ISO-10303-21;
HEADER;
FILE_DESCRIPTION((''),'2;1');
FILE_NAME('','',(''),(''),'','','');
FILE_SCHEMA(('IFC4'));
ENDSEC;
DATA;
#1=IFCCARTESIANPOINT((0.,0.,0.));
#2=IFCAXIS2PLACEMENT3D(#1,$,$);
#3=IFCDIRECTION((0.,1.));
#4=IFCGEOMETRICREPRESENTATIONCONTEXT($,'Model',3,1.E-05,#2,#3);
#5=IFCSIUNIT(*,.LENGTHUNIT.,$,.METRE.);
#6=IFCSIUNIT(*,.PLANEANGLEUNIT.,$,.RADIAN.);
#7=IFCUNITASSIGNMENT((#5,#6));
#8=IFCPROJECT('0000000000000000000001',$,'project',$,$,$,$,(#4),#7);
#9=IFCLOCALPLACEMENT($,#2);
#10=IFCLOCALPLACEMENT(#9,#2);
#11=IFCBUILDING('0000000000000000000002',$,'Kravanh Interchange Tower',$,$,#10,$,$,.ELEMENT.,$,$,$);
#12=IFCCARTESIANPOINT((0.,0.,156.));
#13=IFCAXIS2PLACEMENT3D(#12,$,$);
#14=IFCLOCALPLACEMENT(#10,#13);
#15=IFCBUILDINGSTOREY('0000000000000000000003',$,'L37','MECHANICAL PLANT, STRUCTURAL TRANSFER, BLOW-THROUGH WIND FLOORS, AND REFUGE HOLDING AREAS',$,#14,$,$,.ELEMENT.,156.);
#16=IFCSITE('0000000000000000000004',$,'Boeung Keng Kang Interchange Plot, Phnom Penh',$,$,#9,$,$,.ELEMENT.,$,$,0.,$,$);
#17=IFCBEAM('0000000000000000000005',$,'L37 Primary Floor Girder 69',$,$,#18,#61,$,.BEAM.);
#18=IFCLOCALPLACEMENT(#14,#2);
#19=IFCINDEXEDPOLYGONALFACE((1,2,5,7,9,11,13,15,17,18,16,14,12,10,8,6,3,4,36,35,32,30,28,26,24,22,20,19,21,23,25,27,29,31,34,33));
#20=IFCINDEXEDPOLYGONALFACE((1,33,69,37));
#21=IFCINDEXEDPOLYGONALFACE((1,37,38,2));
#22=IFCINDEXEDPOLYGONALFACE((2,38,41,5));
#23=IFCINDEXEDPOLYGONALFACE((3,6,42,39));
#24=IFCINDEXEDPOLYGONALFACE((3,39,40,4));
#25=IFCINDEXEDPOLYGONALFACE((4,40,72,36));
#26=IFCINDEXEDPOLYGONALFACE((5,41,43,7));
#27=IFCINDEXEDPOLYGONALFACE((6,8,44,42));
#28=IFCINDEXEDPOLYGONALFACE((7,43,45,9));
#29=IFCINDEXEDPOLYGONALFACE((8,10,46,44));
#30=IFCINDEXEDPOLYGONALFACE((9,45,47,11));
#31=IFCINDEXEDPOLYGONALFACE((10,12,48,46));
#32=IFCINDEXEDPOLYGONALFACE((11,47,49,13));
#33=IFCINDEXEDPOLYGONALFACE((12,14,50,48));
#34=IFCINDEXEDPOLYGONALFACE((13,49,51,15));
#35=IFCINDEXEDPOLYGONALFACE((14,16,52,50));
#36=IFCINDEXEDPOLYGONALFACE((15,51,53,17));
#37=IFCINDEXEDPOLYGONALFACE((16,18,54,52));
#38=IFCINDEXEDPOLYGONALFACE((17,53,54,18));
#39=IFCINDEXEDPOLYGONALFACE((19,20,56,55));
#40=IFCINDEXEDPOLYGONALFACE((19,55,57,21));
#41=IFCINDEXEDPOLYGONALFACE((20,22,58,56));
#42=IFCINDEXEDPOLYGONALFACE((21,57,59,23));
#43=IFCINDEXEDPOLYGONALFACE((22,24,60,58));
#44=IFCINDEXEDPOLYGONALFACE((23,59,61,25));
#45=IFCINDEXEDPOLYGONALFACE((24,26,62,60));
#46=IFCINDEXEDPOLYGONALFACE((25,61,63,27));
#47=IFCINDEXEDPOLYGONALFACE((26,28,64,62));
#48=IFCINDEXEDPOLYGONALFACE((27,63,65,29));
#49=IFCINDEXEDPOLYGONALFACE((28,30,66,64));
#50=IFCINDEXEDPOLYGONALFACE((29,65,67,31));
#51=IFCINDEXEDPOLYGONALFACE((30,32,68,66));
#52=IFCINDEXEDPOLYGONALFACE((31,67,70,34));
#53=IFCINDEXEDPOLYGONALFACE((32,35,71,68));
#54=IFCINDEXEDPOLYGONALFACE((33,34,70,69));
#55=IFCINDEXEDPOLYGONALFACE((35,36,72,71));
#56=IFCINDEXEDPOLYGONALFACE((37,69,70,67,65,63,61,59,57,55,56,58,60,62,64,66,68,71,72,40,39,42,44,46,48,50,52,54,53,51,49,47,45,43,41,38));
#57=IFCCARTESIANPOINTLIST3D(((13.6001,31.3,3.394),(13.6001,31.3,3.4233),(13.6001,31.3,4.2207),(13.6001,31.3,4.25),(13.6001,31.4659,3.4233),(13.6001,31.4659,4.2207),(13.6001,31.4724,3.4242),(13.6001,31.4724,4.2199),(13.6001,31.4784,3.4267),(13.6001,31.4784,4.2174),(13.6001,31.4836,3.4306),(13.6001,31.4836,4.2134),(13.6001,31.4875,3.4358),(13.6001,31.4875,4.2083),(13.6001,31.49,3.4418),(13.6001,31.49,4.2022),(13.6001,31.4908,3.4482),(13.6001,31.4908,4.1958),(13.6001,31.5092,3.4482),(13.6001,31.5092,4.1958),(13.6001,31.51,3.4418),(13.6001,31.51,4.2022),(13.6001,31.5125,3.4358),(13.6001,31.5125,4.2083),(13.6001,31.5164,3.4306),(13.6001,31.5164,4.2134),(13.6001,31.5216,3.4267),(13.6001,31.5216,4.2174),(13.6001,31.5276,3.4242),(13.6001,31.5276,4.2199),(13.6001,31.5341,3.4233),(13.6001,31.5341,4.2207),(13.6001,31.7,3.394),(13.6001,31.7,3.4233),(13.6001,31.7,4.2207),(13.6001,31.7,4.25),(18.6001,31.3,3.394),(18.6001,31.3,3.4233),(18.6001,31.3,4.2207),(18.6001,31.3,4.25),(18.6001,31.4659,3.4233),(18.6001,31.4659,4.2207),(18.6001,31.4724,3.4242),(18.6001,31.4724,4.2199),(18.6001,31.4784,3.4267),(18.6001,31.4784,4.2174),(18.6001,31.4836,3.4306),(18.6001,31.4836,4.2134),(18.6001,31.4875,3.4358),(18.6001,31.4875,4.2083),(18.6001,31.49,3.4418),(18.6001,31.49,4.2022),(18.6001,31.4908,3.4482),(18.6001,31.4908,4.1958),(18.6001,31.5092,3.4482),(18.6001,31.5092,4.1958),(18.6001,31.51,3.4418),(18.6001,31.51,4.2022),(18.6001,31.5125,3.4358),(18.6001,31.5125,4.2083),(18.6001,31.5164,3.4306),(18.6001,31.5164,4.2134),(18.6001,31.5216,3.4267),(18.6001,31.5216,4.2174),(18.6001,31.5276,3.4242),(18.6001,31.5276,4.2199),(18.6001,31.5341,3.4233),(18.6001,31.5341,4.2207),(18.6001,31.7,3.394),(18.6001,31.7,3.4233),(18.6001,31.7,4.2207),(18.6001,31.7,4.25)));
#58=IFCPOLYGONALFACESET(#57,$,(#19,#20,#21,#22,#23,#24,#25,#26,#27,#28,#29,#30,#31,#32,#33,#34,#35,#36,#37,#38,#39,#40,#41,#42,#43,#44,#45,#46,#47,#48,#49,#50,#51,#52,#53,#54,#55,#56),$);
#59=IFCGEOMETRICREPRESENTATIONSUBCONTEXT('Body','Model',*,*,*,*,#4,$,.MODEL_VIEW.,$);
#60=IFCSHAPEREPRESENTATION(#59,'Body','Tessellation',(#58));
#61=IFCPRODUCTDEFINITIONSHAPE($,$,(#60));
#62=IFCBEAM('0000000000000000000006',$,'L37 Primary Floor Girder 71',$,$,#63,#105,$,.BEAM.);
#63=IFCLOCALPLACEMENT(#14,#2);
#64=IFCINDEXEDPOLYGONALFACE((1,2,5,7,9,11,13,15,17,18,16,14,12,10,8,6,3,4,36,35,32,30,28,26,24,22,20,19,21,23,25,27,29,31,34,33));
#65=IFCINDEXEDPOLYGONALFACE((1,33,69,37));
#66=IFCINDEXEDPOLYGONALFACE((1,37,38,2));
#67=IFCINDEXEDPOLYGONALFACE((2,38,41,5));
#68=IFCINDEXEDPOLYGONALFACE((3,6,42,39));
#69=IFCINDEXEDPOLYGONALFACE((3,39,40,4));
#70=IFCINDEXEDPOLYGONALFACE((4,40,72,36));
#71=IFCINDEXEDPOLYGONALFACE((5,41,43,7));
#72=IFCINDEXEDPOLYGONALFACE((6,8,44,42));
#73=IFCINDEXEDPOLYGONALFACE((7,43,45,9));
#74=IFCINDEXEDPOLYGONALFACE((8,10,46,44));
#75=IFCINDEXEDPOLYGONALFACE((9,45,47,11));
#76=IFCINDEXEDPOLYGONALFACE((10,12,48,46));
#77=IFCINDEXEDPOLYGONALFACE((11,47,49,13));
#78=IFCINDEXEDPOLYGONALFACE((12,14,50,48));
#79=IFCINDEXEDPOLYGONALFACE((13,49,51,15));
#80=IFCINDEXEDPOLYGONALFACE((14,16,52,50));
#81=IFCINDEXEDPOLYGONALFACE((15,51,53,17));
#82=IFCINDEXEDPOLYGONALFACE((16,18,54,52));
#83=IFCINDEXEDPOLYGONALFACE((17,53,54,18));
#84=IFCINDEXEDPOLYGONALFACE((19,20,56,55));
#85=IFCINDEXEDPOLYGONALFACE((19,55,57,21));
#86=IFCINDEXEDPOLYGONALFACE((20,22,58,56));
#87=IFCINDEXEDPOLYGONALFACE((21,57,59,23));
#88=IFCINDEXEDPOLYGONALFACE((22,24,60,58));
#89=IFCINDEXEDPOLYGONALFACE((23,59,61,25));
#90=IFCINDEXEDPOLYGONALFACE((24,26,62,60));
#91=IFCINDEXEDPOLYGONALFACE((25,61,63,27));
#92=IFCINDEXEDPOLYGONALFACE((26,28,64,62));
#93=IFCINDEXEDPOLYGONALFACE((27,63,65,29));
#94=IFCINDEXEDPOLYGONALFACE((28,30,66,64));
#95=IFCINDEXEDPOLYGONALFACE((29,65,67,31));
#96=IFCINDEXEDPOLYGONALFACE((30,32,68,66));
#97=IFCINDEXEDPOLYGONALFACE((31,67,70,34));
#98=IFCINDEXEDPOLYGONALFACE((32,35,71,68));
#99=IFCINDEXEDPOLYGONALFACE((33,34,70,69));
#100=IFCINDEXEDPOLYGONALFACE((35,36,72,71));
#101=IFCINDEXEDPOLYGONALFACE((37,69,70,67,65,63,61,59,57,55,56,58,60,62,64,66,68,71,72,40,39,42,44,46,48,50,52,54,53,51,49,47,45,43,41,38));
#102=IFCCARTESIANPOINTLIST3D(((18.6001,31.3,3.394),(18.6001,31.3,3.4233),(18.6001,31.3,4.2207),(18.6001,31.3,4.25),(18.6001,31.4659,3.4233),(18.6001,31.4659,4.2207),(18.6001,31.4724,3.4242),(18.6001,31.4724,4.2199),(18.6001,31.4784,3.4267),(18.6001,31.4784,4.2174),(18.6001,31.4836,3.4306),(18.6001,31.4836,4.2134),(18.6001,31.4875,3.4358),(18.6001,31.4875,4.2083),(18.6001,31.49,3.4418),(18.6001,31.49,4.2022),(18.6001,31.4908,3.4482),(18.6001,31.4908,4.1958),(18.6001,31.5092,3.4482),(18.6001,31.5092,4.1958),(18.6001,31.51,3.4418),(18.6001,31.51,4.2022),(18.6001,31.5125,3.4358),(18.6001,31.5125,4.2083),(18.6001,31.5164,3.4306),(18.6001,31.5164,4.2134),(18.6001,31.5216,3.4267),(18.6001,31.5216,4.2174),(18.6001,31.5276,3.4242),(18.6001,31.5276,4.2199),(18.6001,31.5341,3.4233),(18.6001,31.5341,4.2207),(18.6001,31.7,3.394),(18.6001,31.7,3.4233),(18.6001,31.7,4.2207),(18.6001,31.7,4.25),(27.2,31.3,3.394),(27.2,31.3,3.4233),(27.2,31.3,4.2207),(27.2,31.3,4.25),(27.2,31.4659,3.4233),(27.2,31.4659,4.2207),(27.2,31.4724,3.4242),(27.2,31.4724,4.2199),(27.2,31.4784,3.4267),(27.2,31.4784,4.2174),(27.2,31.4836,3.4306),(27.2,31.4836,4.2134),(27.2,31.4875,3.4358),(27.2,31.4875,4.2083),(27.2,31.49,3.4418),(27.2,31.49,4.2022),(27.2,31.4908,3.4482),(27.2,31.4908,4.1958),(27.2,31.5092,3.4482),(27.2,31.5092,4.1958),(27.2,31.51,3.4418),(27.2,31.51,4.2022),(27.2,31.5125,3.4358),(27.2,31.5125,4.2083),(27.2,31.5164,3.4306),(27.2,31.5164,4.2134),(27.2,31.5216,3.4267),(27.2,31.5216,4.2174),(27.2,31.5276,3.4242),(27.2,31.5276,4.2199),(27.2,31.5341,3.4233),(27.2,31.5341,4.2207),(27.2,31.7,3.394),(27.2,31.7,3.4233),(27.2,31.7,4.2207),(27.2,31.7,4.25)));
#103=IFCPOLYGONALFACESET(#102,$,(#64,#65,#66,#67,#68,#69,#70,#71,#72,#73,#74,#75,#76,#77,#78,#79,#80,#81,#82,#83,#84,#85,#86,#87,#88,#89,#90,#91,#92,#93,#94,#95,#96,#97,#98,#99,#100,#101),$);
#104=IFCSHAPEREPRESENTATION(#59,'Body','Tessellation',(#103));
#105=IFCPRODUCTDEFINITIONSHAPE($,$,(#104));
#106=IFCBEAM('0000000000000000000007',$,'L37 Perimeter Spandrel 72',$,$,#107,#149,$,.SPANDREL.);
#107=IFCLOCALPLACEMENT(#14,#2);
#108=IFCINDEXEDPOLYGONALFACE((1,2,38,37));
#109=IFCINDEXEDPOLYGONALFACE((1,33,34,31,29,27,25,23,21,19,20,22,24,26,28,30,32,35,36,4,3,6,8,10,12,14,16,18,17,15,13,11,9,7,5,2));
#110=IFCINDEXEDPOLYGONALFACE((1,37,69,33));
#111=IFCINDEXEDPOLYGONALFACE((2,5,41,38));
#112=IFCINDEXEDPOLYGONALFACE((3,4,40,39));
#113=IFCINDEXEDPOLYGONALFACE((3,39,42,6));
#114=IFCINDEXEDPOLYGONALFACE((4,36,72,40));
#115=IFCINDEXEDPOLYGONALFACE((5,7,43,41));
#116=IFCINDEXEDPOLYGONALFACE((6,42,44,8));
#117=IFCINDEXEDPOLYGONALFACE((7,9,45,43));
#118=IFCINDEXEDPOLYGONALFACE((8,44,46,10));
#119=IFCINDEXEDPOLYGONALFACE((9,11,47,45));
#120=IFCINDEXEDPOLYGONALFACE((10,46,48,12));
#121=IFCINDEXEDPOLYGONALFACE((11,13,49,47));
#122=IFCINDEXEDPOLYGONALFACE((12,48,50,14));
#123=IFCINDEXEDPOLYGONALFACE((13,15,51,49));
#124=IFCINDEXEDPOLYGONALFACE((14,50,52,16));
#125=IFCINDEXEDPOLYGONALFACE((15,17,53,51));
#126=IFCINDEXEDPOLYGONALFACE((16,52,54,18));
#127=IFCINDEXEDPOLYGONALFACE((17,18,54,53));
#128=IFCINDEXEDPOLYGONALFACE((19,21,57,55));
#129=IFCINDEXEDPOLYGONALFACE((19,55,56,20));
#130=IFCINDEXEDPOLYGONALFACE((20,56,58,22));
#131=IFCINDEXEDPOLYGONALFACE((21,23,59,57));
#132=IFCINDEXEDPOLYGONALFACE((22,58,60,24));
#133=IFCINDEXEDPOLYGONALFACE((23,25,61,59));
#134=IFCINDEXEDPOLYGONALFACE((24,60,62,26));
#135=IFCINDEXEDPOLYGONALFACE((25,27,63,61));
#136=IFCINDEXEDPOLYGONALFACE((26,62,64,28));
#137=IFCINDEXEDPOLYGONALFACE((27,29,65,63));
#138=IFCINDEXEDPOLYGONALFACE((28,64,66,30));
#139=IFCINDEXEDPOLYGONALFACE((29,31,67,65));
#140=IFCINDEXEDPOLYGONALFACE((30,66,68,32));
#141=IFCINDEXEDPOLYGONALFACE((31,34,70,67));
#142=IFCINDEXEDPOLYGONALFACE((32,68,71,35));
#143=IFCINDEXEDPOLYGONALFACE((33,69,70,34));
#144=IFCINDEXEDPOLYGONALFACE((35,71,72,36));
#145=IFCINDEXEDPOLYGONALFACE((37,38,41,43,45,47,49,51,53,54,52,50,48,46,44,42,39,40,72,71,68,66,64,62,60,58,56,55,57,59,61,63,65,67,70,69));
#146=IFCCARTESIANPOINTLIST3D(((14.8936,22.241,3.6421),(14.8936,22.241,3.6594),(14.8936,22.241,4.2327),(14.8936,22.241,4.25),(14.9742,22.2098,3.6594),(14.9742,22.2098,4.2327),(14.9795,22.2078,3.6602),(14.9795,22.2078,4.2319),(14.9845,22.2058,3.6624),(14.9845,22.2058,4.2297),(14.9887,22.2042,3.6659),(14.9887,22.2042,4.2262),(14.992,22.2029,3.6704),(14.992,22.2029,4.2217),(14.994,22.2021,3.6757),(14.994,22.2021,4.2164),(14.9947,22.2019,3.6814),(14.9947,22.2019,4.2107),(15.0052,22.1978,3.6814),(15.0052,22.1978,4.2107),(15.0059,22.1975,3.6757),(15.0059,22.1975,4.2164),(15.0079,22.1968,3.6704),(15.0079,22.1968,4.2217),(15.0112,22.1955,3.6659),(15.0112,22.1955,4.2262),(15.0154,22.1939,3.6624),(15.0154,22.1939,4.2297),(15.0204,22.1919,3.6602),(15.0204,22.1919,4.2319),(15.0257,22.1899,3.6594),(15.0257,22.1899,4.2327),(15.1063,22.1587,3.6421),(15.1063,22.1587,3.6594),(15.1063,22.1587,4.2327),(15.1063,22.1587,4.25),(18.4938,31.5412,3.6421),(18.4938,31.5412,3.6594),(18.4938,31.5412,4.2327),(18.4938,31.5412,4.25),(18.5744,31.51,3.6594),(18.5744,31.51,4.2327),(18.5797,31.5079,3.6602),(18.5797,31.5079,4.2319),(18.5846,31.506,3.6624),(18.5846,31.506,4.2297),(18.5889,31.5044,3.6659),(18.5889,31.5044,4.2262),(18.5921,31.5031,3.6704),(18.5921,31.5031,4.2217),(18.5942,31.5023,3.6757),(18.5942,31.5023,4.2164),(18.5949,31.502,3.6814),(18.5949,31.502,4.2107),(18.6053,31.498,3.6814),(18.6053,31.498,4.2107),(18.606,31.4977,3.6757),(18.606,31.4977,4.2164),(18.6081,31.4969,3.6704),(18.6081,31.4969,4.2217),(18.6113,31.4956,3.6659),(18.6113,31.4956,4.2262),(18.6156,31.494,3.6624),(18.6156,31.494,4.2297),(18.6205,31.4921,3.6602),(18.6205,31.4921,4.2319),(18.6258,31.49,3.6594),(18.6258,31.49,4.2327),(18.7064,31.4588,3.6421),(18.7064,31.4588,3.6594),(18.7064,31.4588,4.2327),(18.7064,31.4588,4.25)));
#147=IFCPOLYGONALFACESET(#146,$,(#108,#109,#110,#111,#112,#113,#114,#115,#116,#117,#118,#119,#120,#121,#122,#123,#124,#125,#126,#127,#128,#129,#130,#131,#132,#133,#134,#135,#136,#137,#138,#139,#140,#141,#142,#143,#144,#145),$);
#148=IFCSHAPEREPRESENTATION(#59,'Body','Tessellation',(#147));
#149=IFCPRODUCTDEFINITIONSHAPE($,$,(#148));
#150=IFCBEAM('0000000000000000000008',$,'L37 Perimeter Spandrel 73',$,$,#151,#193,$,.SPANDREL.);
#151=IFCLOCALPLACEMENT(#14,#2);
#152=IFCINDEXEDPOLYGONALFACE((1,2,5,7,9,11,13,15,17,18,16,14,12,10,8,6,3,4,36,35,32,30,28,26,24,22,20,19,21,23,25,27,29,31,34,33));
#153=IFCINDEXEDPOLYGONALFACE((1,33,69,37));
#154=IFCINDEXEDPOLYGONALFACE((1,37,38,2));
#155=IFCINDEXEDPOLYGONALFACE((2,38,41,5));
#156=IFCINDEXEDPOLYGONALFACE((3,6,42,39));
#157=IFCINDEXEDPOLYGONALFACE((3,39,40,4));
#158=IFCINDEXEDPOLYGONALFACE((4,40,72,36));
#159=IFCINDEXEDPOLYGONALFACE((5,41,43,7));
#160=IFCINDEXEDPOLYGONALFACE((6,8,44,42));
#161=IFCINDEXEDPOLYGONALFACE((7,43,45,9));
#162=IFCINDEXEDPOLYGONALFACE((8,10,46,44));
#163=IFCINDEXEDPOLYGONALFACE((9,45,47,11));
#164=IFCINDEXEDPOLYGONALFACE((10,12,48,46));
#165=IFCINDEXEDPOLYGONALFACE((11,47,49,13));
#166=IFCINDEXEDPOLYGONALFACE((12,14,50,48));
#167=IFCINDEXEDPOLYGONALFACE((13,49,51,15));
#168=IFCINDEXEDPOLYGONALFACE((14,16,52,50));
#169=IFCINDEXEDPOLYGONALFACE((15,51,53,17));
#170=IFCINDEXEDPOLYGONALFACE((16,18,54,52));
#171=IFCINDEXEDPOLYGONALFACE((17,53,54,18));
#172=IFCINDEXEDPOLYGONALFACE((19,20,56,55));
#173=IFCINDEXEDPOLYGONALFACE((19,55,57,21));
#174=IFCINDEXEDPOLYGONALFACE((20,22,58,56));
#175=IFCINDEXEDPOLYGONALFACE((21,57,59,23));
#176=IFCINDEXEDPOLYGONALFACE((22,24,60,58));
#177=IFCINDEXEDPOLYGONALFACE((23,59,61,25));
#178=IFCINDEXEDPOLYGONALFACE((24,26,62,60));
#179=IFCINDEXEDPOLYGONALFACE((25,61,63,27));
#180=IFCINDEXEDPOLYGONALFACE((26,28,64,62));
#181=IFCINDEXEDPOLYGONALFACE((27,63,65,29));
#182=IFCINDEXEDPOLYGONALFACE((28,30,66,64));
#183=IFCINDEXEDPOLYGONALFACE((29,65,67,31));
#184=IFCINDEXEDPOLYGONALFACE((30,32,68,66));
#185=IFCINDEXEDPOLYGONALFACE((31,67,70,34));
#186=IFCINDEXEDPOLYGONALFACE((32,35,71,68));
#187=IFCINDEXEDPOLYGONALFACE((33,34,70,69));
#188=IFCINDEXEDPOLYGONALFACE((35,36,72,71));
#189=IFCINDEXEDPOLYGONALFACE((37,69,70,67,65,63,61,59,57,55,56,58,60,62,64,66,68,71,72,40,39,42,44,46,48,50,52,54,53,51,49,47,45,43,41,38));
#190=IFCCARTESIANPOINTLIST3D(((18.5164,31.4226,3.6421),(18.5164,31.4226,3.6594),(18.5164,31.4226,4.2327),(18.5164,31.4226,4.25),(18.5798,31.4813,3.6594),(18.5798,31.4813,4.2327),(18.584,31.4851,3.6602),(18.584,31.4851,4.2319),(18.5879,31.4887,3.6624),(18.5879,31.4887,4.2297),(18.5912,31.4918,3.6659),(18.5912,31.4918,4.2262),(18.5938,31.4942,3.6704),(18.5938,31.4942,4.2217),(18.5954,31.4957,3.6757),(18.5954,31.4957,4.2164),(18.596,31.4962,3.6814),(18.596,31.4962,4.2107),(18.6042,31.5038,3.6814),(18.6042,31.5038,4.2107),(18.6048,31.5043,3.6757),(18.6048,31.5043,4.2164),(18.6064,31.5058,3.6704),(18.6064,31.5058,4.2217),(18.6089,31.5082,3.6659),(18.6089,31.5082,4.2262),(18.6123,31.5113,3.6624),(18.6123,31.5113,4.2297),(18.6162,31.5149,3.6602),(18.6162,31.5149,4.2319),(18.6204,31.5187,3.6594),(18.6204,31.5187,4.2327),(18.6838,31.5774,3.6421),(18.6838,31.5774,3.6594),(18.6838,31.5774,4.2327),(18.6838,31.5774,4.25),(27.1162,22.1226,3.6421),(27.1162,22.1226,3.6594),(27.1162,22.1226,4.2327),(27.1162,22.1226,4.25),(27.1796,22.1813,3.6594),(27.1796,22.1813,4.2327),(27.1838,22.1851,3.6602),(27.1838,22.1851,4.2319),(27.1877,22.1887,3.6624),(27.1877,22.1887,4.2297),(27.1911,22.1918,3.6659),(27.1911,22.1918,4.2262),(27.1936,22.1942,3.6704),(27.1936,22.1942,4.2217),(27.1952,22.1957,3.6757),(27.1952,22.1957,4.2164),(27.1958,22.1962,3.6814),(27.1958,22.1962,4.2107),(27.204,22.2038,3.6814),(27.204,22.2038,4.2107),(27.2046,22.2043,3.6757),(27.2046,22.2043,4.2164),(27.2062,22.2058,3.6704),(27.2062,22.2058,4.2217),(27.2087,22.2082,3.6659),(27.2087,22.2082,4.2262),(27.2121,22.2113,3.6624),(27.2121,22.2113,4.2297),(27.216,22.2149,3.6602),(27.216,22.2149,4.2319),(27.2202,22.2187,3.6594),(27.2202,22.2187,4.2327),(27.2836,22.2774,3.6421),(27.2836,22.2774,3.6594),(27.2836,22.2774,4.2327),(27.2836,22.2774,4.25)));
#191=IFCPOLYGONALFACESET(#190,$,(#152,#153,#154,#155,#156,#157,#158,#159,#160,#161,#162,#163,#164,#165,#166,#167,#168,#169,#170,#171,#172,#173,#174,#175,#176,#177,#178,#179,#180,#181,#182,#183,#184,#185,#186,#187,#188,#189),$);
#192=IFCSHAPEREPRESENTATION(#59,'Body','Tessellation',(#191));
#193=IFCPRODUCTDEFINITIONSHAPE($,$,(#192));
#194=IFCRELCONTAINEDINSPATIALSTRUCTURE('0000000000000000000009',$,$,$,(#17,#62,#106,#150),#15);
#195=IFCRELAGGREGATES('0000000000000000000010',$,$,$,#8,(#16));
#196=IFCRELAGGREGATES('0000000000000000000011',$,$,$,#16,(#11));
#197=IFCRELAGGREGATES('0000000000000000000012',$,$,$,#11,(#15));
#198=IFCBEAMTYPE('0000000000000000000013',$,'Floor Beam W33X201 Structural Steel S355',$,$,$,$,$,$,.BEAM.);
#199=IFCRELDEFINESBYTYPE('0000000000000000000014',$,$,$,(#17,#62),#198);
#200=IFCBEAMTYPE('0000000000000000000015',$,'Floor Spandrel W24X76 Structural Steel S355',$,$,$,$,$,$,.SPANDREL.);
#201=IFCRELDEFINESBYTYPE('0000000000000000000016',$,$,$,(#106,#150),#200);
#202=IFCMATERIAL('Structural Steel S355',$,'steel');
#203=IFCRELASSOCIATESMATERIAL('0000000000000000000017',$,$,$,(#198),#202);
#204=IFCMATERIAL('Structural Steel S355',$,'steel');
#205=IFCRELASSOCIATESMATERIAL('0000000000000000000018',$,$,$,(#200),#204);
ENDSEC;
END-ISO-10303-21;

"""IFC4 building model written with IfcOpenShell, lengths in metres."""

from ifc_helpers import new_model, si_unit, direction, frame, origin, origin_2d, place, context, subcontext, project, spatial, i_section, extrude, material, material_profile, profile_set, type_object, element, save


model = new_model("IFC4")

# Units and contexts
model_context = context("Model", 3, precision=1e-05, world=origin(), true_north=direction((0.0, 1.0)))
body_context = subcontext(model_context, "Body", "Model", "MODEL_VIEW")
ifc_project = project(units=[si_unit("LENGTHUNIT", "METRE"), si_unit("PLANEANGLEUNIT", "RADIAN")], contexts=[model_context])

# Site, building, storey
site_placement = place(None, origin())
site = spatial("IfcSite", under=ifc_project, at=site_placement, Name="Boeung Keng Kang Interchange Plot, Phnom Penh", CompositionType="ELEMENT", RefElevation=0.0)
building_placement = place(site_placement, origin())
building = spatial("IfcBuilding", under=site, at=building_placement, Name="Kravanh Interchange Tower", CompositionType="ELEMENT")
storey_placement = place(building_placement, frame((0.0, 0.0, 156.0)))
storey = spatial("IfcBuildingStorey", under=building, at=storey_placement, Name="L37", Description="MECHANICAL PLANT, STRUCTURAL TRANSFER, BLOW-THROUGH WIND FLOORS, AND REFUGE HOLDING AREAS", CompositionType="ELEMENT", Elevation=156.0)

# Beams
ifc_material_1 = material(Name="Structural Steel S355", Category="steel")
ifc_material_profile_1 = material_profile(ifc_material_1, i_section(OverallWidth=0.3999, OverallDepth=0.856, WebThickness=0.0183, FlangeThickness=0.0293, FilletRadius=0.0249, at=origin_2d()), Name="W33X201")
ifc_profile_set_1 = profile_set([ifc_material_profile_1], Name="Structural Steel S355")
beam_type_1 = type_object("IfcBeamType", Name="Floor Beam W33X201 Structural Steel S355", PredefinedType="BEAM", material=ifc_profile_set_1)
beam_1_placement = place(storey_placement, frame((13.6001, 31.5, 3.822), z_axis=(1.0, 0.0, 0.0), x_axis=(0.0, 1.0, 0.0)))
element("IfcBeam", 1, at=beam_1_placement, inside=storey, type_object=beam_type_1, Name="L37 Primary Floor Girder 69", PredefinedType="BEAM", context=body_context, shape_type="SweptSolid", body=[
    extrude(i_section(OverallWidth=0.3999, OverallDepth=0.856, WebThickness=0.0183, FlangeThickness=0.0293, FilletRadius=0.0249, at=origin_2d()), origin(), (0.0, 0.0, 1.0), 5.0),
])
beam_2_placement = place(storey_placement, frame((18.6001, 31.5, 3.822), z_axis=(1.0, 0.0, 0.0), x_axis=(0.0, 1.0, 0.0)))
element("IfcBeam", 2, at=beam_2_placement, inside=storey, type_object=beam_type_1, Name="L37 Primary Floor Girder 71", PredefinedType="BEAM", context=body_context, shape_type="SweptSolid", body=[
    extrude(i_section(OverallWidth=0.3999, OverallDepth=0.856, WebThickness=0.0183, FlangeThickness=0.0293, FilletRadius=0.0249, at=origin_2d()), origin(), (0.0, 0.0, 1.0), 8.5999),
])
ifc_material_2 = material(Name="Structural Steel S355", Category="steel")
ifc_material_profile_2 = material_profile(ifc_material_2, i_section(OverallWidth=0.228, OverallDepth=0.6079, WebThickness=0.0112, FlangeThickness=0.0173, FilletRadius=0.022, at=origin_2d()), Name="W24X76")
ifc_profile_set_2 = profile_set([ifc_material_profile_2], Name="Structural Steel S355")
beam_type_2 = type_object("IfcBeamType", Name="Floor Spandrel W24X76 Structural Steel S355", PredefinedType="SPANDREL", material=ifc_profile_set_2)
beam_3_placement = place(storey_placement, frame((18.6001, 31.5, 3.946), z_axis=(-0.361001, -0.932565, 0.0), x_axis=(0.932565, -0.361001, 0.0)))
element("IfcBeam", 3, at=beam_3_placement, inside=storey, type_object=beam_type_2, Name="L37 Perimeter Spandrel 72", PredefinedType="SPANDREL", context=body_context, shape_type="SweptSolid", body=[
    extrude(i_section(OverallWidth=0.228, OverallDepth=0.6079, WebThickness=0.0112, FlangeThickness=0.0173, FilletRadius=0.022, at=origin_2d()), origin(), (0.0, 0.0, 1.0), 9.9727),
])
beam_4_placement = place(storey_placement, frame((18.6001, 31.5, 3.946), z_axis=(0.678927, -0.734205, 0.0), x_axis=(0.734205, 0.678927, 0.0)))
element("IfcBeam", 4, at=beam_4_placement, inside=storey, type_object=beam_type_2, Name="L37 Perimeter Spandrel 73", PredefinedType="SPANDREL", context=body_context, shape_type="SweptSolid", body=[
    extrude(i_section(OverallWidth=0.228, OverallDepth=0.6079, WebThickness=0.0112, FlangeThickness=0.0173, FilletRadius=0.022, at=origin_2d()), origin(), (0.0, 0.0, 1.0), 12.6667),
])

save(model, "model.ifc")
